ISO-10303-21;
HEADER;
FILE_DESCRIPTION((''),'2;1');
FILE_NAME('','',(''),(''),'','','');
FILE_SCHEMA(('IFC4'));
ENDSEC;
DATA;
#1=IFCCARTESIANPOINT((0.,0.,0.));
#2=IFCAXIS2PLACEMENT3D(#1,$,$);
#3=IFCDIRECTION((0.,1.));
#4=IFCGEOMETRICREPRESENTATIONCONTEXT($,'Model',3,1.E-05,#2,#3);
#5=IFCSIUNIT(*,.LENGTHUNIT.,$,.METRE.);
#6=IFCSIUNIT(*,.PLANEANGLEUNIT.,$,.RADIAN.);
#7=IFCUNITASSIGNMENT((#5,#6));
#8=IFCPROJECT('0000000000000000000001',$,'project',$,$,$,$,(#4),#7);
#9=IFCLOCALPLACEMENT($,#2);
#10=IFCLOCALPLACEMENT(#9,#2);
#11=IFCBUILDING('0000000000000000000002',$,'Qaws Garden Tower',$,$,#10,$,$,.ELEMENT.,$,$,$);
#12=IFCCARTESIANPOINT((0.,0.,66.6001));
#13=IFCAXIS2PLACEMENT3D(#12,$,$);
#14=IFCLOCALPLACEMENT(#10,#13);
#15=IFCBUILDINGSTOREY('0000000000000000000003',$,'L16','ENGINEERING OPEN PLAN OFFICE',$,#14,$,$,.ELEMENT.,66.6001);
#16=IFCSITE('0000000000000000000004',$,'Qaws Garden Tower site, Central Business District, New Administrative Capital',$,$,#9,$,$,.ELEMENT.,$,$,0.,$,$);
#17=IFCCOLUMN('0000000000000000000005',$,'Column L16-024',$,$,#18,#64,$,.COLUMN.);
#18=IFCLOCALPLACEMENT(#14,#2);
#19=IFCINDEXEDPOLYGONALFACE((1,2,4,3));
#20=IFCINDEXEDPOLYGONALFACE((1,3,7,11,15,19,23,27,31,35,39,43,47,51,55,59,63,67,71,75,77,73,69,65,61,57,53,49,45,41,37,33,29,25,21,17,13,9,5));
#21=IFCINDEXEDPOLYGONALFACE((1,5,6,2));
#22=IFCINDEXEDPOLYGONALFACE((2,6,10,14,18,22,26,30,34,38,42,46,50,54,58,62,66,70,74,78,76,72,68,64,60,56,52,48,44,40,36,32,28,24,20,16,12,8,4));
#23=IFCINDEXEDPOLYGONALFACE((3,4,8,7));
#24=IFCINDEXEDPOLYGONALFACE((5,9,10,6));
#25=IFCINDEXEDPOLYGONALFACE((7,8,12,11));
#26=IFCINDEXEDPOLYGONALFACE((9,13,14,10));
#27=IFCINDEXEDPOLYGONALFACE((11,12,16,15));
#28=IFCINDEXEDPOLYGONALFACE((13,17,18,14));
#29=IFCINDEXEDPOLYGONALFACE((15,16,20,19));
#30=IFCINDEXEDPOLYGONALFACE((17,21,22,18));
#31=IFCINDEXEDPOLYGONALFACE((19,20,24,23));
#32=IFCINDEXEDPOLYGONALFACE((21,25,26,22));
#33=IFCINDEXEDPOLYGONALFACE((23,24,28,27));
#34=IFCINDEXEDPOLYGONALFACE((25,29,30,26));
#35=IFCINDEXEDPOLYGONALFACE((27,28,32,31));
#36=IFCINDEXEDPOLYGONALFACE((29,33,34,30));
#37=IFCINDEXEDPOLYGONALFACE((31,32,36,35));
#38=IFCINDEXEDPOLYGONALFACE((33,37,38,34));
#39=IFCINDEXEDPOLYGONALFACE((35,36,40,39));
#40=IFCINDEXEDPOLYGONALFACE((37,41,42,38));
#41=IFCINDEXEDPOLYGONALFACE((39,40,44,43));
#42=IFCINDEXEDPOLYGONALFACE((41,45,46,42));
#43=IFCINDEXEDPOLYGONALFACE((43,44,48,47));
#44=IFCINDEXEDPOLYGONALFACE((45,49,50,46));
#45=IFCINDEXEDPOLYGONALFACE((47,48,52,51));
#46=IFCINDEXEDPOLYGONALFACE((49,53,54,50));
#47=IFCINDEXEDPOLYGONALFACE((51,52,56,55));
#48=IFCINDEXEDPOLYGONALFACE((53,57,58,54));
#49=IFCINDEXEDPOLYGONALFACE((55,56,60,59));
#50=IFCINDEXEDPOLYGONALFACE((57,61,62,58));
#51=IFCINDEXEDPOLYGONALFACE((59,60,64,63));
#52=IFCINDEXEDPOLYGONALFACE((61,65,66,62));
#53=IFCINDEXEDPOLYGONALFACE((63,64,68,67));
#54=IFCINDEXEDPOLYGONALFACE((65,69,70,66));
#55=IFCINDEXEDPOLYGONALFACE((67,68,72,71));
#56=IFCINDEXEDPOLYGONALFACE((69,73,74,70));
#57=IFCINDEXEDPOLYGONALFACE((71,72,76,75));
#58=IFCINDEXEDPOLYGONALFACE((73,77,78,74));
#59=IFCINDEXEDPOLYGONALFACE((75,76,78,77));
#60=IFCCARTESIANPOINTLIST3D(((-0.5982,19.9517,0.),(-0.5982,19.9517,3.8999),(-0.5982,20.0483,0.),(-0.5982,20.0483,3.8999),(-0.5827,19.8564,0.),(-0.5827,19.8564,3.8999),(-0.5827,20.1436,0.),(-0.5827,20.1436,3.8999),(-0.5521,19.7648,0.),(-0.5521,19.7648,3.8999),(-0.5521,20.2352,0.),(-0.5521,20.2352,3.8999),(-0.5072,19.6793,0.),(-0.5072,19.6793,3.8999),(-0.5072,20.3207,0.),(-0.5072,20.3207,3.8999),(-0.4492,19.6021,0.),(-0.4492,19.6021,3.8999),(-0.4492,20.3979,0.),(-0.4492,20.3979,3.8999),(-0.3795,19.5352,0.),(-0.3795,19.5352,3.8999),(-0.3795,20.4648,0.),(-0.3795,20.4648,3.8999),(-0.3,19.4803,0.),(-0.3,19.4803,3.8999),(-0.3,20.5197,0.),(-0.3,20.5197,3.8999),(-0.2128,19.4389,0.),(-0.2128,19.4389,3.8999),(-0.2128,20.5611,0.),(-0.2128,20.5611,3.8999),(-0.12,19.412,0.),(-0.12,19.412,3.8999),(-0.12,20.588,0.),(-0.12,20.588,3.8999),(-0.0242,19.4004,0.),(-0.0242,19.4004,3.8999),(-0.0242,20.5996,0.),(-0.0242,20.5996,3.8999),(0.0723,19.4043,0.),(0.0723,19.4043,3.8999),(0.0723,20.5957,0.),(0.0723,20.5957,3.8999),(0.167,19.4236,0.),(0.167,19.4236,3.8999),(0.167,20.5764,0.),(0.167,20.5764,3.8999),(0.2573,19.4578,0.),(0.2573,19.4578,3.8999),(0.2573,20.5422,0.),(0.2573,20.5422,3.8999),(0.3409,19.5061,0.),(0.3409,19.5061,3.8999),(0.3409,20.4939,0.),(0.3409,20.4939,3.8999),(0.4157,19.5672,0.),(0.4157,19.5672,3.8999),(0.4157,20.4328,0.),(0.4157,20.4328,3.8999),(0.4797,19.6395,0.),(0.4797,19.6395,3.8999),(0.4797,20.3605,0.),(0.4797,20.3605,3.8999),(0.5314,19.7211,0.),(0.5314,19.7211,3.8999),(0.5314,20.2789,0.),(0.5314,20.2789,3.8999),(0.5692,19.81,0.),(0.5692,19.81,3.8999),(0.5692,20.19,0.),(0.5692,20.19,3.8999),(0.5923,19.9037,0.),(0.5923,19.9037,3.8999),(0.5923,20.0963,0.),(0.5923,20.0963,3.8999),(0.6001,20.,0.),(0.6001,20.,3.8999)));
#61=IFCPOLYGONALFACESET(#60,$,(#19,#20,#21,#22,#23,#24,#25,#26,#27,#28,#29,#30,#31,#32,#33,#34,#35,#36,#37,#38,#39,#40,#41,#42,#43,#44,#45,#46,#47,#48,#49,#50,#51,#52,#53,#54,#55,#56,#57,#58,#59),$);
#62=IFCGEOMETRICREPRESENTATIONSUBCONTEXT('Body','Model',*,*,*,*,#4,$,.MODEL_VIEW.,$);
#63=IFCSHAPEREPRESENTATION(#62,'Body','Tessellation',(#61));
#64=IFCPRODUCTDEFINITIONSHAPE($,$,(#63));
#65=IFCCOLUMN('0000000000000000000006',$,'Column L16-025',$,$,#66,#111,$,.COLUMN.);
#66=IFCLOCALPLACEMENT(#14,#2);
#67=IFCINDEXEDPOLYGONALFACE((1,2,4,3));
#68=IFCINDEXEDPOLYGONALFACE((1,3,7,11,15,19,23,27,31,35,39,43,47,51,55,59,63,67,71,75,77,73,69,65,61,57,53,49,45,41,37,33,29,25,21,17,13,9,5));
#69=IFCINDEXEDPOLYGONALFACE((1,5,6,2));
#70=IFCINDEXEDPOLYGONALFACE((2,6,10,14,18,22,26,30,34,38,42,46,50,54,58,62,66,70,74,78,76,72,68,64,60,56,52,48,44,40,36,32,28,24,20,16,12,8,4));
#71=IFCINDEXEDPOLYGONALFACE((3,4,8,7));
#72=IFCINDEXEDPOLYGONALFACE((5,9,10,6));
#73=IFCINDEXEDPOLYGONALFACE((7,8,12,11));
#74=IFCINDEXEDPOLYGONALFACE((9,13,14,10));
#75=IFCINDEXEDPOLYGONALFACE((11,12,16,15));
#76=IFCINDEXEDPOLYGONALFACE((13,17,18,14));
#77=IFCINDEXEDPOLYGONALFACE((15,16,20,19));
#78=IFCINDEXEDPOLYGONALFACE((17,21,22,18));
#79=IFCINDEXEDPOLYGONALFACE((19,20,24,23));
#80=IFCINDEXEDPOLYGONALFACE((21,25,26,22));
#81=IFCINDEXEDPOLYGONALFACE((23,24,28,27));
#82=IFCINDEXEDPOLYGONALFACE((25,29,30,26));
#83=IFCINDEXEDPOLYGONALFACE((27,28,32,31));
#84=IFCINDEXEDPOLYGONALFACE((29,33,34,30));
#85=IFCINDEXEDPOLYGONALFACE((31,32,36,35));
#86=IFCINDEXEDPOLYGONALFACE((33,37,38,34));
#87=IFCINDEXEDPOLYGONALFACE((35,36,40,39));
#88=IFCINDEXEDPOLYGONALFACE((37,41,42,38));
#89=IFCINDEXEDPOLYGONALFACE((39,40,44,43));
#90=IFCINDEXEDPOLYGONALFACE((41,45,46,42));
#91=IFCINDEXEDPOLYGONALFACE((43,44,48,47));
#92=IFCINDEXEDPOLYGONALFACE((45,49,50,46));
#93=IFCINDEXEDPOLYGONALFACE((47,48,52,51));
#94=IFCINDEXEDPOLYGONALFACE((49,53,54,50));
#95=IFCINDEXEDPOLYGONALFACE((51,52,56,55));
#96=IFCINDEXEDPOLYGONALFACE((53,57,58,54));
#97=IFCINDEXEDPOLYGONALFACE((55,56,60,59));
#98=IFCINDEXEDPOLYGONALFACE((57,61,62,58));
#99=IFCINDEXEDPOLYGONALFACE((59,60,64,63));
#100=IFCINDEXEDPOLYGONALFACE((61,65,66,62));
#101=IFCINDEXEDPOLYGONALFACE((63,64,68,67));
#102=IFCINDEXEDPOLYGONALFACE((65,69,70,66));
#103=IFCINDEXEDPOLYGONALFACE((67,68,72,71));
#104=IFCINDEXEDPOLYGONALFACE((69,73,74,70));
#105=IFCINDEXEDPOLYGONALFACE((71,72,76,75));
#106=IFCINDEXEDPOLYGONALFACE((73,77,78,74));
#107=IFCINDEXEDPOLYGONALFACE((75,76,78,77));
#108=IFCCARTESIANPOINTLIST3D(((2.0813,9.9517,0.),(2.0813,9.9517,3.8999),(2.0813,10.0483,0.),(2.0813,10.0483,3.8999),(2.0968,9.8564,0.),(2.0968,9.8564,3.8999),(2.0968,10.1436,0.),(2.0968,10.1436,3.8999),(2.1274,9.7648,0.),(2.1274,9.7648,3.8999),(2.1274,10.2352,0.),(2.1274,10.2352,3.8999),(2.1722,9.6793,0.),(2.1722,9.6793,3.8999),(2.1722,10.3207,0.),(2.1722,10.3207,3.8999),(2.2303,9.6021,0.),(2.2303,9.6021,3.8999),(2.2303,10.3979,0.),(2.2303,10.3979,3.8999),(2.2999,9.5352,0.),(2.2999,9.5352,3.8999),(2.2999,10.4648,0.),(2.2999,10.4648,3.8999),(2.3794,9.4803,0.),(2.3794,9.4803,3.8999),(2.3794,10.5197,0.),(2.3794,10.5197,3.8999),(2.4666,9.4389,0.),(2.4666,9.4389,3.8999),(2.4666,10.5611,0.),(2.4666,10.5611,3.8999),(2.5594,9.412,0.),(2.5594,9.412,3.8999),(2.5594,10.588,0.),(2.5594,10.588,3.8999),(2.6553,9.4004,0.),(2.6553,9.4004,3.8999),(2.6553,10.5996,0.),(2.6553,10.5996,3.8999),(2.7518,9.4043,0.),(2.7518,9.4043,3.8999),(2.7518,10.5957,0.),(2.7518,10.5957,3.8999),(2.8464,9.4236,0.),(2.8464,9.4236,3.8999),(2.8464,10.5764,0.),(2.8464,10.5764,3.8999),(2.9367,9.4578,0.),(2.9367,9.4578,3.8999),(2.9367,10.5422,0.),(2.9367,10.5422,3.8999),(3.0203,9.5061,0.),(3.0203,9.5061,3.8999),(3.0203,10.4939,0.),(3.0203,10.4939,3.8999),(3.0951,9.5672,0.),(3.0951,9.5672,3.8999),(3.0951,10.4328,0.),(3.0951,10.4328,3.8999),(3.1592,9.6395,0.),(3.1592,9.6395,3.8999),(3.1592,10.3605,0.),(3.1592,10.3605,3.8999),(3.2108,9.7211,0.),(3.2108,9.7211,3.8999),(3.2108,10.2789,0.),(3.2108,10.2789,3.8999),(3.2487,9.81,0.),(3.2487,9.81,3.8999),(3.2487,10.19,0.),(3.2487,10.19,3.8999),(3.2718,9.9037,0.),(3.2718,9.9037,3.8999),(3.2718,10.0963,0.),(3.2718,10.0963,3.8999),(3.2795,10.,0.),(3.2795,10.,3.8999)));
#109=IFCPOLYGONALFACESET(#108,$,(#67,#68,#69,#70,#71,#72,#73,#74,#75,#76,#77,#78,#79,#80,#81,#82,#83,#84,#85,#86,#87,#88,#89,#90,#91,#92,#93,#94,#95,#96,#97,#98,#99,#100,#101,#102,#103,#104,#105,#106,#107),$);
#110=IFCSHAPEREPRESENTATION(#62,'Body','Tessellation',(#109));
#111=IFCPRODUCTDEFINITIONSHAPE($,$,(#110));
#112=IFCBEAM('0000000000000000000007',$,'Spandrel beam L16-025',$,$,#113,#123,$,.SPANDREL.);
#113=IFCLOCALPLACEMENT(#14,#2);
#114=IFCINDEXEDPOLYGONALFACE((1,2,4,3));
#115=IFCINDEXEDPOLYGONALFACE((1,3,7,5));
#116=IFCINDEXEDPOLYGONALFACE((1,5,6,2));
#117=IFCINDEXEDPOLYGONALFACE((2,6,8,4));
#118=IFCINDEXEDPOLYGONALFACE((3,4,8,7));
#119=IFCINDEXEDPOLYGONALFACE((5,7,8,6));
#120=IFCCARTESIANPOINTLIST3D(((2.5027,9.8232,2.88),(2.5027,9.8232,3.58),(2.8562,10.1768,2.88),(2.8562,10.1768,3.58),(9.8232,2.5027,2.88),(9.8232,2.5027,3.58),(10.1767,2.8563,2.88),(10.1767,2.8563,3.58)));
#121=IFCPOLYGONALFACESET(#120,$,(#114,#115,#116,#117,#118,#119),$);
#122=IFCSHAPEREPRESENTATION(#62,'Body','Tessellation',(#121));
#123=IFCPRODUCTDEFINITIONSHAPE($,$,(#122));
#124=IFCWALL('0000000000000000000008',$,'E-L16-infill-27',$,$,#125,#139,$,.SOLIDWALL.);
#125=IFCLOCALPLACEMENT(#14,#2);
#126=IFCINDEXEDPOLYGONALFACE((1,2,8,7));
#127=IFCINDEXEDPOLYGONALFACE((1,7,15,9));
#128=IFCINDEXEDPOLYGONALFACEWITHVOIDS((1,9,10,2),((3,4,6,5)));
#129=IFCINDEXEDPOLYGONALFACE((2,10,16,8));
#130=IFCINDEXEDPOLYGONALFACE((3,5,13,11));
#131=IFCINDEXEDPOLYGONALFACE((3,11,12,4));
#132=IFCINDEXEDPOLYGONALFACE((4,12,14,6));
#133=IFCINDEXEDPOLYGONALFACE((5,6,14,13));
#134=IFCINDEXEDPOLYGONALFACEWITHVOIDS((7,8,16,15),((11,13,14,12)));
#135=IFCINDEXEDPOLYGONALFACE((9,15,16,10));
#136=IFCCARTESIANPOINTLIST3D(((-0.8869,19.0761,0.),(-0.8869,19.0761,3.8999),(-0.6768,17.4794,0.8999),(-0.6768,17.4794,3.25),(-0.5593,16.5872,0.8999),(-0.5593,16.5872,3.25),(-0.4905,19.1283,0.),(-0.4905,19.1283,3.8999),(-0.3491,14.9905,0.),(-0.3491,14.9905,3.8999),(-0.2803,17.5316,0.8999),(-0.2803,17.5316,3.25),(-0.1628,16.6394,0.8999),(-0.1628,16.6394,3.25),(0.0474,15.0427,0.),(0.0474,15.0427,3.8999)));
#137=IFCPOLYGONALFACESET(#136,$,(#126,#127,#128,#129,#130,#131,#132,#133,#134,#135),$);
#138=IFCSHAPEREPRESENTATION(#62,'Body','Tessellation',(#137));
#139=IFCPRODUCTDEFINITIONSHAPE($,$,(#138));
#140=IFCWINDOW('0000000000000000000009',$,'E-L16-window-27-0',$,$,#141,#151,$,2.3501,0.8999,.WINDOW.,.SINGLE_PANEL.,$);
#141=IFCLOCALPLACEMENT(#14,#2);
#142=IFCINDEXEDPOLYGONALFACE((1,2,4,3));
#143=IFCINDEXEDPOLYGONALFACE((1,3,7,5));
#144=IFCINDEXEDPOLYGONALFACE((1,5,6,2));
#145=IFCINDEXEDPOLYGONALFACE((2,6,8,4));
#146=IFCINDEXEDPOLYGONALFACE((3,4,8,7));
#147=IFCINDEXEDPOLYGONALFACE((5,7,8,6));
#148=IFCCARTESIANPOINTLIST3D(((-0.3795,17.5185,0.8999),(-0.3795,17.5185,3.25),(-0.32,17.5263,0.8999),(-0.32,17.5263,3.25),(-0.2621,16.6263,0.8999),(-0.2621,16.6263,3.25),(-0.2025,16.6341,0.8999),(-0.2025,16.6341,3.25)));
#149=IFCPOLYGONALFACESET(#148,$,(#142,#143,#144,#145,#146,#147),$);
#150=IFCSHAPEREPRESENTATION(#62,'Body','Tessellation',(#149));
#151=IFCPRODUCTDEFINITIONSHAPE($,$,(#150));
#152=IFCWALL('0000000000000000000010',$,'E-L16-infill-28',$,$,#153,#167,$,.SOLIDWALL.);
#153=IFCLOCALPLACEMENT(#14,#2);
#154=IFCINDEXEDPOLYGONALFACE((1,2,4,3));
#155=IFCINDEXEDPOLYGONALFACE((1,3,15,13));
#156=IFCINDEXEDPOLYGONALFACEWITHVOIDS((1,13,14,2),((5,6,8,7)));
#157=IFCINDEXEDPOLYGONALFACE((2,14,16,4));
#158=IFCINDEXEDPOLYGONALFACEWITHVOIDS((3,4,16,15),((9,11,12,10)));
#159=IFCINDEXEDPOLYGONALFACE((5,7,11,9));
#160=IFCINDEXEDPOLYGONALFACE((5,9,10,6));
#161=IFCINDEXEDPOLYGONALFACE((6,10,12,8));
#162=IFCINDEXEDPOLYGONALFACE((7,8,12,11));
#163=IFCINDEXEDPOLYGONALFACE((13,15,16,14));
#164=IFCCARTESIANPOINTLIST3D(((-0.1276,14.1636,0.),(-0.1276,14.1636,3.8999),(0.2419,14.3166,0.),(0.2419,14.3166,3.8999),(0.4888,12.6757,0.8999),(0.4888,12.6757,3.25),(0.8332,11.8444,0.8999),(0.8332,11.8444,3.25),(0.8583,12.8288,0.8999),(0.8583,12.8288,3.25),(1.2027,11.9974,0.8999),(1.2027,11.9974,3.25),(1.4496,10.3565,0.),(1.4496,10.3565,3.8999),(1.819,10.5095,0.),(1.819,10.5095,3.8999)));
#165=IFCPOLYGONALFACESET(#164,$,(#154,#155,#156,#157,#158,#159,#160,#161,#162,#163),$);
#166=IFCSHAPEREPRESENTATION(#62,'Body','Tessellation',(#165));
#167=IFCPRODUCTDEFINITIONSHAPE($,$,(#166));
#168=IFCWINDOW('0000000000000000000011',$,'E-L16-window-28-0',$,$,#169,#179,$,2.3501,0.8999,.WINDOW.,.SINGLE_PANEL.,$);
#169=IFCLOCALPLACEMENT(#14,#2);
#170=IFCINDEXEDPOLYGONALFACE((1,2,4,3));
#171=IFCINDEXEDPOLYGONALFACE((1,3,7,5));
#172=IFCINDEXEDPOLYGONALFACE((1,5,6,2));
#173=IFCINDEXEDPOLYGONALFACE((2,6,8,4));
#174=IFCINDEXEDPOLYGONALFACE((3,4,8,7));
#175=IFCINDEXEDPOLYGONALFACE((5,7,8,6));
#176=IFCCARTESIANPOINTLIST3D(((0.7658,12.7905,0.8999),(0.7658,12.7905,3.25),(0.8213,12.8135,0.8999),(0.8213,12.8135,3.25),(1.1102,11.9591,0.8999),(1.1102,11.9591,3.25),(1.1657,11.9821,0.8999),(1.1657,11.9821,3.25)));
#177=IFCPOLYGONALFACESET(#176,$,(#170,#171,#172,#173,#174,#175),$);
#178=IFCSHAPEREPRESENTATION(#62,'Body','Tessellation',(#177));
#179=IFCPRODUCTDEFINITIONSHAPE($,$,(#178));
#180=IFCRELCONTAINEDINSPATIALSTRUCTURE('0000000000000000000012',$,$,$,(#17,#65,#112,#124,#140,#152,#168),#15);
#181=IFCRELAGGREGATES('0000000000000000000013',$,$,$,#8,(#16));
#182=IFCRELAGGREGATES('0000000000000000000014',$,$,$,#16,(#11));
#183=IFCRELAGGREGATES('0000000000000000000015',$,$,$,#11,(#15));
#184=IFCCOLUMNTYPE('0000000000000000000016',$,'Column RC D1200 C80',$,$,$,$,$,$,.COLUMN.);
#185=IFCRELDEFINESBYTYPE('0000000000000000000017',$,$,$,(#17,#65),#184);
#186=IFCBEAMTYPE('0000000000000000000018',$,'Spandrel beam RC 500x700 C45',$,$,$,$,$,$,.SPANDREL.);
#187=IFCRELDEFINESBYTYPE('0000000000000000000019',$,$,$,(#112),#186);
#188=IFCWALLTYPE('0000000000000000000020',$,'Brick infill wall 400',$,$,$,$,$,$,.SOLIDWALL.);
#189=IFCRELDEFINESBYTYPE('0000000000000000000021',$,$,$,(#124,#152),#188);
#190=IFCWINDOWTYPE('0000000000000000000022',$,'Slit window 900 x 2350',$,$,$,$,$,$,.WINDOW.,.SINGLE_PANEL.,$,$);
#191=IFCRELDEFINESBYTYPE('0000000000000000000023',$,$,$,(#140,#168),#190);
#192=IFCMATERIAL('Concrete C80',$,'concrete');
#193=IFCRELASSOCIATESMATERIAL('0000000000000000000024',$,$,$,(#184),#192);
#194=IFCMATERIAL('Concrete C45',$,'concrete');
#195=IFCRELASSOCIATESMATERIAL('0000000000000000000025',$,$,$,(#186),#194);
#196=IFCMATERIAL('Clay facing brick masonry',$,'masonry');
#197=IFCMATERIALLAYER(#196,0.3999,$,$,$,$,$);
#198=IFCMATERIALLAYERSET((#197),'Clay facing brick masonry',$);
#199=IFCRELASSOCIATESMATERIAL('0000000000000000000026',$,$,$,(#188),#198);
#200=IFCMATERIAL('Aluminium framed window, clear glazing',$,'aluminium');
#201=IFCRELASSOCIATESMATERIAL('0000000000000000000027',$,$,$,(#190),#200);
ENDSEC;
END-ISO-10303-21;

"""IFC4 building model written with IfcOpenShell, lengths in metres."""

from ifc_helpers import new_model, si_unit, direction, frame, frame_2d, origin, origin_2d, place, context, subcontext, project, spatial, rectangle, circle, extrude, material, layer, layer_set, material_profile, profile_set, type_object, element, fill, save


model = new_model("IFC4")

# Units and contexts
model_context = context("Model", 3, precision=1e-05, world=origin(), true_north=direction((0.0, 1.0)))
body_context = subcontext(model_context, "Body", "Model", "MODEL_VIEW")
ifc_project = project(units=[si_unit("LENGTHUNIT", "METRE"), si_unit("PLANEANGLEUNIT", "RADIAN")], contexts=[model_context])

# Site, building, storey
site_placement = place(None, origin())
site = spatial("IfcSite", under=ifc_project, at=site_placement, Name="Qaws Garden Tower site, Central Business District, New Administrative Capital", CompositionType="ELEMENT", RefElevation=0.0)
building_placement = place(site_placement, origin())
building = spatial("IfcBuilding", under=site, at=building_placement, Name="Qaws Garden Tower", CompositionType="ELEMENT")
storey_placement = place(building_placement, frame((0.0, 0.0, 66.6001)))
storey = spatial("IfcBuildingStorey", under=building, at=storey_placement, Name="L16", Description="ENGINEERING OPEN PLAN OFFICE", CompositionType="ELEMENT", Elevation=66.6001)

# Columns
ifc_material_1 = material(Name="Concrete C80", Category="concrete")
ifc_material_profile_1 = material_profile(ifc_material_1, circle(Radius=0.6001, at=origin_2d()), Name="RC D1200")
ifc_profile_set_1 = profile_set([ifc_material_profile_1], Name="Concrete C80")
column_type = type_object("IfcColumnType", Name="Column RC D1200 C80", PredefinedType="COLUMN", material=ifc_profile_set_1)
for number, where, z_axis, x_axis, name in (
    (1, (0.0, 20.0, 0.0), (0.0, 0.0, 1.0), (1.0, 0.0, 0.0), "Column L16-024"),
    (2, (2.6794, 10.0, 0.0), (0.0, 0.0, 1.0), (1.0, 0.0, 0.0), "Column L16-025"),
):
    element("IfcColumn", number, at=place(storey_placement, frame(where, z_axis=z_axis, x_axis=x_axis)), inside=storey, type_object=column_type, Name=name, PredefinedType="COLUMN", context=body_context, shape_type="SweptSolid", body=[
        extrude(circle(Radius=0.6001, at=origin_2d()), origin(), (0.0, 0.0, 1.0), 3.8999),
    ])

# Beam
ifc_material_2 = material(Name="Concrete C45", Category="concrete")
ifc_material_profile_2 = material_profile(ifc_material_2, rectangle(XDim=0.5, YDim=0.7, at=origin_2d()), Name="RC 500x700")
ifc_profile_set_2 = profile_set([ifc_material_profile_2], Name="Concrete C45")
beam_type = type_object("IfcBeamType", Name="Spandrel beam RC 500x700 C45", PredefinedType="SPANDREL", material=ifc_profile_set_2)
beam_placement = place(storey_placement, frame((2.6794, 10.0, 3.23), z_axis=(0.707107, -0.707107, 0.0), x_axis=(0.707107, 0.707107, 0.0)))
element("IfcBeam", 3, at=beam_placement, inside=storey, type_object=beam_type, Name="Spandrel beam L16-025", PredefinedType="SPANDREL", context=body_context, shape_type="SweptSolid", body=[
    extrude(rectangle(XDim=0.5, YDim=0.7, at=origin_2d()), origin(), (0.0, 0.0, 1.0), 10.3528),
])

# Walls, openings, windows
ifc_material_3 = material(Name="Clay facing brick masonry", Category="masonry")
ifc_layer_1 = layer(ifc_material_3, 0.3999)
ifc_layer_set_1 = layer_set([ifc_layer_1], Name="Clay facing brick masonry")
wall_type_1 = type_object("IfcWallType", Name="Brick infill wall 400", PredefinedType="SOLIDWALL", material=ifc_layer_set_1)
wall_1_placement = place(storey_placement, frame((-0.6887, 19.1023, 0.0), z_axis=(0.0, 0.0, 1.0), x_axis=(0.130514, -0.991446, 0.0)))
wall_1 = element("IfcWall", 4, at=wall_1_placement, inside=storey, type_object=wall_type_1, Name="E-L16-infill-27", PredefinedType="SOLIDWALL", context=body_context, shape_type="SweptSolid", body=[
    extrude(rectangle(XDim=4.1208, YDim=0.3999, at=frame_2d((2.0605, 0.0))), origin(), (0.0, 0.0, 1.0), 3.8999),
])
opening_1_placement = place(wall_1_placement, frame((1.6106, 0.0, 0.8999)))
opening_1 = element("IfcOpeningElement", 5, at=opening_1_placement, cuts=wall_1, PredefinedType="OPENING", context=body_context, shape_type="SweptSolid", body=[
    extrude(rectangle(XDim=0.8999, YDim=2.3501, at=frame_2d((0.45, 1.175))), frame((0.0, 0.21, 0.0), z_axis=(0.0, -1.0, 0.0), x_axis=(1.0, 0.0, 0.0)), (0.0, 0.0, 1.0), 0.4199),
])
ifc_material_4 = material(Name="Aluminium framed window, clear glazing", Category="aluminium")
window_type = type_object("IfcWindowType", Name="Slit window 900 x 2350", PartitioningType="SINGLE_PANEL", PredefinedType="WINDOW", material=ifc_material_4)
window_1_placement = place(opening_1_placement, origin())
window_1 = element("IfcWindow", 6, at=window_1_placement, inside=storey, type_object=window_type, Name="E-L16-window-27-0", OverallHeight=2.3501, OverallWidth=0.8999, PartitioningType="SINGLE_PANEL", PredefinedType="WINDOW", context=body_context, shape_type="SweptSolid", body=[
    extrude(rectangle(XDim=0.8999, YDim=2.3501, at=frame_2d((0.45, 1.175))), frame((0.0, 0.1599, 0.0), z_axis=(0.0, -1.0, 0.0), x_axis=(1.0, 0.0, 0.0)), (0.0, 0.0, 1.0), 0.0601),
])
fill(opening_1, window_1)
wall_2_placement = place(storey_placement, frame((0.0571, 14.2402, 0.0), z_axis=(0.0, 0.0, 1.0), x_axis=(0.382722, -0.923864, 0.0)))
wall_2 = element("IfcWall", 7, at=wall_2_placement, inside=storey, type_object=wall_type_1, Name="E-L16-infill-28", PredefinedType="SOLIDWALL", context=body_context, shape_type="SweptSolid", body=[
    extrude(rectangle(XDim=4.1208, YDim=0.3999, at=frame_2d((2.0605, 0.0))), origin(), (0.0, 0.0, 1.0), 3.8999),
])
opening_2_placement = place(wall_2_placement, frame((1.6106, 0.0, 0.8999)))
opening_2 = element("IfcOpeningElement", 8, at=opening_2_placement, cuts=wall_2, PredefinedType="OPENING", context=body_context, shape_type="SweptSolid", body=[
    extrude(rectangle(XDim=0.8999, YDim=2.3501, at=frame_2d((0.45, 1.175))), frame((0.0, 0.21, 0.0), z_axis=(0.0, -1.0, 0.0), x_axis=(1.0, 0.0, 0.0)), (0.0, 0.0, 1.0), 0.4199),
])
window_2_placement = place(opening_2_placement, origin())
window_2 = element("IfcWindow", 9, at=window_2_placement, inside=storey, type_object=window_type, Name="E-L16-window-28-0", OverallHeight=2.3501, OverallWidth=0.8999, PartitioningType="SINGLE_PANEL", PredefinedType="WINDOW", context=body_context, shape_type="SweptSolid", body=[
    extrude(rectangle(XDim=0.8999, YDim=2.3501, at=frame_2d((0.45, 1.175))), frame((0.0, 0.1599, 0.0), z_axis=(0.0, -1.0, 0.0), x_axis=(1.0, 0.0, 0.0)), (0.0, 0.0, 1.0), 0.0601),
])
fill(opening_2, window_2)

save(model, "model.ifc")
